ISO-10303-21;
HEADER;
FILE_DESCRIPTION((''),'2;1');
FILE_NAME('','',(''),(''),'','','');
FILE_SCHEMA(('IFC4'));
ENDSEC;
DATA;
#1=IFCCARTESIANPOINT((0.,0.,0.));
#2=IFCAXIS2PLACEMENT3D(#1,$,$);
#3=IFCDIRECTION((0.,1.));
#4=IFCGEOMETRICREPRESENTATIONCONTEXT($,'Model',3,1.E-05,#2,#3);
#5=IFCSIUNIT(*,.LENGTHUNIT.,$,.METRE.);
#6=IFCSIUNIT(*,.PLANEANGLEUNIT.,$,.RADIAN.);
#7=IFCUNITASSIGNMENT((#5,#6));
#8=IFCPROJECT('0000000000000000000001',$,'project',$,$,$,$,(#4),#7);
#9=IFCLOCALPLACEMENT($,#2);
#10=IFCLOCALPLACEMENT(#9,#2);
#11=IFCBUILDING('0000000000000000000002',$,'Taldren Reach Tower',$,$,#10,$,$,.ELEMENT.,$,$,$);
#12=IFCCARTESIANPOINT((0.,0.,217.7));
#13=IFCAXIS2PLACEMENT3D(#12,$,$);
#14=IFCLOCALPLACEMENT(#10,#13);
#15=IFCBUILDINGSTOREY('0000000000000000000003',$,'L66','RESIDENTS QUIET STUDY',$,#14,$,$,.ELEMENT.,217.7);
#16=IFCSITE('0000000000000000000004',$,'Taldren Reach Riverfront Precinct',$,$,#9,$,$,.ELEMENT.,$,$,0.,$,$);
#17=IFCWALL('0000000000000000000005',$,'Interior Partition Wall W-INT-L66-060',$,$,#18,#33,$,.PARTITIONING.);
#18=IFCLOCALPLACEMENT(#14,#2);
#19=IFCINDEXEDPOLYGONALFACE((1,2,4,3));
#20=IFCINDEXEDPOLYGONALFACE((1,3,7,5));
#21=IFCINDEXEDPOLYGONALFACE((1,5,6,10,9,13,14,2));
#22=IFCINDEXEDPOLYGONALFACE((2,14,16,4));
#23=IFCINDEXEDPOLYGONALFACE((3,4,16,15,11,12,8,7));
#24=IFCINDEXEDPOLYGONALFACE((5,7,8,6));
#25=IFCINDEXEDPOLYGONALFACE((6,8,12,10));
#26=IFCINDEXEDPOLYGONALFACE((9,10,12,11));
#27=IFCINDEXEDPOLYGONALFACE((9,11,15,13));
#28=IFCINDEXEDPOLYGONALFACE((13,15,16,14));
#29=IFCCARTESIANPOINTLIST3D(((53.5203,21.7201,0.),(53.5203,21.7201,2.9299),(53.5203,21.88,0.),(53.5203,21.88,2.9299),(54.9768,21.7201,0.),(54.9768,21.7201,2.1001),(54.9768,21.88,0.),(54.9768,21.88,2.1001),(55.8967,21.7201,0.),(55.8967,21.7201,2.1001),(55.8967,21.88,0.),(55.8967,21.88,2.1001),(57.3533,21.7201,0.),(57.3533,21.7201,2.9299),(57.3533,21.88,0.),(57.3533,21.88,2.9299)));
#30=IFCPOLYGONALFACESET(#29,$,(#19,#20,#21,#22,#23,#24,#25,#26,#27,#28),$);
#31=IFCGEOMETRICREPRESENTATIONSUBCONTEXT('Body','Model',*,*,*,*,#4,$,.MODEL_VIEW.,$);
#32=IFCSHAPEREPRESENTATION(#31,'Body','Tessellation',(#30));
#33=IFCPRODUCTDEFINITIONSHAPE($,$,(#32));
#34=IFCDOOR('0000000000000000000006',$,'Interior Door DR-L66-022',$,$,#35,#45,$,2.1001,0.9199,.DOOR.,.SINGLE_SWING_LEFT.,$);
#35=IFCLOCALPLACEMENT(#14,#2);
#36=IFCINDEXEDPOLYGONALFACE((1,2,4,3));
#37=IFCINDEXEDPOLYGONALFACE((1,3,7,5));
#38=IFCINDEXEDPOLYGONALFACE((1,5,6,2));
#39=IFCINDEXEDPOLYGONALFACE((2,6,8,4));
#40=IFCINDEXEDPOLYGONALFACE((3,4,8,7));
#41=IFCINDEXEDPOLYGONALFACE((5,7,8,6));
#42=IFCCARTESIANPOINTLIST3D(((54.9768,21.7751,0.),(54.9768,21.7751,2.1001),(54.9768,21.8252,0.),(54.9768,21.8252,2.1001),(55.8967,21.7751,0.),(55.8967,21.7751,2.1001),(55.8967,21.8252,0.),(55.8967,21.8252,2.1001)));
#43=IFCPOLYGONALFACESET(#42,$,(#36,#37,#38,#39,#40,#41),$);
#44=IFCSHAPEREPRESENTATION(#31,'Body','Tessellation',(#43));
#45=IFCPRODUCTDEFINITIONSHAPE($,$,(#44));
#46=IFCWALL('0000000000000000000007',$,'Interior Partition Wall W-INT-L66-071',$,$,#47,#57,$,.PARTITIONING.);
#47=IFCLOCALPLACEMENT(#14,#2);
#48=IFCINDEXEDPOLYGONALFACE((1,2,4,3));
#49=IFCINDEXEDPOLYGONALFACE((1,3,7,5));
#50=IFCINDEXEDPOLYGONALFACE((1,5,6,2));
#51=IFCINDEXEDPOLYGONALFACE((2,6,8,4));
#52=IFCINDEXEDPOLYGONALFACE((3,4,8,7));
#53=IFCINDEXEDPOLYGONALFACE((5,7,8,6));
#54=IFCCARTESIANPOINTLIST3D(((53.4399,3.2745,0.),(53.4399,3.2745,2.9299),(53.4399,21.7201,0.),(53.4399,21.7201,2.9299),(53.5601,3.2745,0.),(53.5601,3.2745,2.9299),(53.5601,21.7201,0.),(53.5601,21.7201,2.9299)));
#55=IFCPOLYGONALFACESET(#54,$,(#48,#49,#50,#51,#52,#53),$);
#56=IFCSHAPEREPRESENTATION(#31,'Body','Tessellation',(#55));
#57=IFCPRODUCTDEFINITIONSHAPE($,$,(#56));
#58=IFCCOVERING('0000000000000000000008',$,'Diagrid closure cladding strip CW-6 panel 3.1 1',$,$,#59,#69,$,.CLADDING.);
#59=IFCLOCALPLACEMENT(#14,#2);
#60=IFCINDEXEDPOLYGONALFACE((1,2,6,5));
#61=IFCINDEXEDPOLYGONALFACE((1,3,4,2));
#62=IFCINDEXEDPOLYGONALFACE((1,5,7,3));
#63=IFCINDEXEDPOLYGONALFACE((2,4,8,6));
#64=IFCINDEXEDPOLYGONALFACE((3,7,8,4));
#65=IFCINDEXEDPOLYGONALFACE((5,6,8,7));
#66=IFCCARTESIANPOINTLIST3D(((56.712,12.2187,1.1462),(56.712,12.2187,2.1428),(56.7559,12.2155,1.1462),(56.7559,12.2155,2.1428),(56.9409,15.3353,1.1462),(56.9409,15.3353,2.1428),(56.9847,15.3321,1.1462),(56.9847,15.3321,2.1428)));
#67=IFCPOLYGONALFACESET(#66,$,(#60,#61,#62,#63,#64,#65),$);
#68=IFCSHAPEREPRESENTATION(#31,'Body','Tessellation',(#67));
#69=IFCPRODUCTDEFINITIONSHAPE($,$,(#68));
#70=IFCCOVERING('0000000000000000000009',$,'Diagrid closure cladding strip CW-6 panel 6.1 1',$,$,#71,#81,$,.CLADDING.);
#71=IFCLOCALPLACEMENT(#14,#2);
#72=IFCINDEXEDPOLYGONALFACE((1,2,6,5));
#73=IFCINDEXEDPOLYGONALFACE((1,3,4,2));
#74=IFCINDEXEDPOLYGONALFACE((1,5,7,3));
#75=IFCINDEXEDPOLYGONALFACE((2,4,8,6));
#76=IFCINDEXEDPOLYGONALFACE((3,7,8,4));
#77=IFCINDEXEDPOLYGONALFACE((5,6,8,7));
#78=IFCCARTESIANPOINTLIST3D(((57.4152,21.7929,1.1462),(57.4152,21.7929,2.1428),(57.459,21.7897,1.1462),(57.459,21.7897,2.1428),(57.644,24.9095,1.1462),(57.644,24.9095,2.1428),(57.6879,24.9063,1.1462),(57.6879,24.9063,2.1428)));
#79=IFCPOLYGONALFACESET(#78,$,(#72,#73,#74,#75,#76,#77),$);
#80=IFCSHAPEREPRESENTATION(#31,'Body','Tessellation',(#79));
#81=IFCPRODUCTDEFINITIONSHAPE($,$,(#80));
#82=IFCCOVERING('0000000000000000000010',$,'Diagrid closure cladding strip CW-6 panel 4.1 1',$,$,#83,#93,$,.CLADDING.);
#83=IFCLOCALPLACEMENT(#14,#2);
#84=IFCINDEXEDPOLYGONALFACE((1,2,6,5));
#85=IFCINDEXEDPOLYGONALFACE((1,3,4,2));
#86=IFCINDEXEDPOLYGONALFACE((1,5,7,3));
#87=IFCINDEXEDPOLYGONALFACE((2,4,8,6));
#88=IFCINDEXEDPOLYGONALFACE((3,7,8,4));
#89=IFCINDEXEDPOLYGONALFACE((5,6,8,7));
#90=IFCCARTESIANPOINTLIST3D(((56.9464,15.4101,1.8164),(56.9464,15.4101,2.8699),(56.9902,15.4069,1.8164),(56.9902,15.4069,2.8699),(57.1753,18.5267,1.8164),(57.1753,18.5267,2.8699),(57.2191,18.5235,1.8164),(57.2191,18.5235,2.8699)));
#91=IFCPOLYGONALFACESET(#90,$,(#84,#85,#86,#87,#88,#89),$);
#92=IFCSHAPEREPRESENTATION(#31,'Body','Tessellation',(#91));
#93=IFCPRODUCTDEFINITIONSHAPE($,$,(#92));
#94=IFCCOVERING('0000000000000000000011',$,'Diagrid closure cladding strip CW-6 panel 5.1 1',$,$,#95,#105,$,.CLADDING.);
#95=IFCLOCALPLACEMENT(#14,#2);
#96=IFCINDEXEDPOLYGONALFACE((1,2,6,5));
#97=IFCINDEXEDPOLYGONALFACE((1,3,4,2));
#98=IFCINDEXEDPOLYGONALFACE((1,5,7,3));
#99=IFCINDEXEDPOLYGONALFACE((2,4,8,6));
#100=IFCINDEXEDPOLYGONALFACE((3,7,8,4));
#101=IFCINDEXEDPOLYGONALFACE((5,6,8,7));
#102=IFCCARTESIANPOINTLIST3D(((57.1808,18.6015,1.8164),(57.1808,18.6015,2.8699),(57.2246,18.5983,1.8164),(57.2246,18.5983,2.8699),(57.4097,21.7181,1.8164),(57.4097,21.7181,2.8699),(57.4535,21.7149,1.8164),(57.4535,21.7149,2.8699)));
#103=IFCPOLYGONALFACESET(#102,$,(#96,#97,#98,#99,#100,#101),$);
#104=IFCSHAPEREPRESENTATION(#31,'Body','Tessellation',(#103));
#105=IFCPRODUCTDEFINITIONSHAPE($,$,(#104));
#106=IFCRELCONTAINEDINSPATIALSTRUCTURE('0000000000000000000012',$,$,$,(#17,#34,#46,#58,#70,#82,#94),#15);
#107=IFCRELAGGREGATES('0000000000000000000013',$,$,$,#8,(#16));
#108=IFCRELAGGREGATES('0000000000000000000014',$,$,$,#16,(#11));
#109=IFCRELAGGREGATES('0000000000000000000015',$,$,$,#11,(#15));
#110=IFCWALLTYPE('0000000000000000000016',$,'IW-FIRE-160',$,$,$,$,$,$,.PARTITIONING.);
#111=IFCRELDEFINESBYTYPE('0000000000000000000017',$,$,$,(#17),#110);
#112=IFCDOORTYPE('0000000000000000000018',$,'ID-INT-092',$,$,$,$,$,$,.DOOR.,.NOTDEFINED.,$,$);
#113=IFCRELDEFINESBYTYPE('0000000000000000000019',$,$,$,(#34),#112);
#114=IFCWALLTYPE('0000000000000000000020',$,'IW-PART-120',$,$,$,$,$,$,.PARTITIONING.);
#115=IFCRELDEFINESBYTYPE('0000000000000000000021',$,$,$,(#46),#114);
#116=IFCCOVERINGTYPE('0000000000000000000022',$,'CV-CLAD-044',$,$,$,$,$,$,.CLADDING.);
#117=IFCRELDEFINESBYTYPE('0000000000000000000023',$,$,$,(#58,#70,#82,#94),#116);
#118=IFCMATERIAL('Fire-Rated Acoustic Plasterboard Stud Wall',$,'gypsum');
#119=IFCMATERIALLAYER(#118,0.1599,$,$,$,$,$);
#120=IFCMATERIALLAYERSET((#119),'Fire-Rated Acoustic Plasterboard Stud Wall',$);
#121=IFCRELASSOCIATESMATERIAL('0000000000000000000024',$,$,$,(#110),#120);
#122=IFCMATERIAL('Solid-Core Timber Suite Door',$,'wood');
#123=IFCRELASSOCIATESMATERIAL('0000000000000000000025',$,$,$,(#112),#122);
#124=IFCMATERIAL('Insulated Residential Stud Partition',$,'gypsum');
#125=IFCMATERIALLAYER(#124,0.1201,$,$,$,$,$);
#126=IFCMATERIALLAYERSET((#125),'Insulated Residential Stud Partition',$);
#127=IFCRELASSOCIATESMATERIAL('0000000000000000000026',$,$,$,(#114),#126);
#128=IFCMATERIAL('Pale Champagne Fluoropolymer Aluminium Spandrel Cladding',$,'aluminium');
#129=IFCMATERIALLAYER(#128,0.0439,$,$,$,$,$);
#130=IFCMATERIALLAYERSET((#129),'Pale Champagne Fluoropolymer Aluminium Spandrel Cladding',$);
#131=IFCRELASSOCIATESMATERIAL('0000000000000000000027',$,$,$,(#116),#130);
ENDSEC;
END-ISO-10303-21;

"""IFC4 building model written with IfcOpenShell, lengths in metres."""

from ifc_helpers import new_model, si_unit, direction, frame, frame_2d, origin, origin_2d, place, context, subcontext, project, spatial, rectangle, extrude, source, transform, mapped, material, layer, layer_set, type_object, element, fill, save


model = new_model("IFC4")

# Units and contexts
model_context = context("Model", 3, precision=1e-05, world=origin(), true_north=direction((0.0, 1.0)))
body_context = subcontext(model_context, "Body", "Model", "MODEL_VIEW")
ifc_project = project(units=[si_unit("LENGTHUNIT", "METRE"), si_unit("PLANEANGLEUNIT", "RADIAN")], contexts=[model_context])

# Site, building, storey
site_placement = place(None, origin())
site = spatial("IfcSite", under=ifc_project, at=site_placement, Name="Taldren Reach Riverfront Precinct", CompositionType="ELEMENT", RefElevation=0.0)
building_placement = place(site_placement, origin())
building = spatial("IfcBuilding", under=site, at=building_placement, Name="Taldren Reach Tower", CompositionType="ELEMENT")
storey_placement = place(building_placement, frame((0.0, 0.0, 217.7)))
storey = spatial("IfcBuildingStorey", under=building, at=storey_placement, Name="L66", Description="RESIDENTS QUIET STUDY", CompositionType="ELEMENT", Elevation=217.7)

# Shared definitions
ifc_material_1 = material(Name="Fire-Rated Acoustic Plasterboard Stud Wall", Category="gypsum")
ifc_layer_1 = layer(ifc_material_1, 0.1599)
ifc_layer_set_1 = layer_set([ifc_layer_1], Name="Fire-Rated Acoustic Plasterboard Stud Wall")
wall_type_1 = type_object("IfcWallType", Name="IW-FIRE-160", PredefinedType="PARTITIONING", material=ifc_layer_set_1)

# Wall, opening, door
shared_shape_1 = source(origin(), body_context, "Body", "SweptSolid", [
    extrude(rectangle(XDim=3.833, YDim=0.1599, at=frame_2d((1.9165, 0.0))), origin(), (0.0, 0.0, 1.0), 2.9299),
])
wall_1_placement = place(storey_placement, frame((57.3533, 21.8, 0.0), z_axis=(0.0, 0.0, 1.0), x_axis=(-1.0, 0.0, 0.0)))
wall_1 = element("IfcWall", 1, at=wall_1_placement, inside=storey, type_object=wall_type_1, Name="Interior Partition Wall W-INT-L66-060", PredefinedType="PARTITIONING", context=body_context, shape_type="MappedRepresentation", body=[
    mapped(shared_shape_1, transform((0.0, 0.0, 0.0), scale=1.0)),
])
shared_shape_2 = source(origin(), body_context, "Body", "SweptSolid", [
    extrude(rectangle(XDim=0.9199, YDim=2.1001, at=frame_2d((0.46, 1.05))), frame((0.0, 0.0898, 0.0), z_axis=(0.0, -1.0, 0.0), x_axis=(1.0, 0.0, 0.0)), (0.0, 0.0, 1.0), 0.1799),
])
opening_placement = place(wall_1_placement, frame((1.4565, 0.0, 0.0)))
opening = element("IfcOpeningElement", 2, at=opening_placement, cuts=wall_1, PredefinedType="OPENING", context=body_context, shape_type="MappedRepresentation", body=[
    mapped(shared_shape_2, transform((0.0, 0.0, 0.0), scale=1.0)),
])
ifc_material_2 = material(Name="Solid-Core Timber Suite Door", Category="wood")
door_type = type_object("IfcDoorType", Name="ID-INT-092", OperationType="NOTDEFINED", PredefinedType="DOOR", material=ifc_material_2)
shared_shape_3 = source(origin(), body_context, "Body", "SweptSolid", [
    extrude(rectangle(XDim=0.9199, YDim=2.1001, at=frame_2d((0.46, 1.05))), frame((0.0, 0.0249, 0.0), z_axis=(0.0, -1.0, 0.0), x_axis=(1.0, 0.0, 0.0)), (0.0, 0.0, 1.0), 0.05),
])
door_placement = place(opening_placement, origin())
door = element("IfcDoor", 3, at=door_placement, inside=storey, type_object=door_type, Name="Interior Door DR-L66-022", OperationType="SINGLE_SWING_LEFT", OverallHeight=2.1001, OverallWidth=0.9199, PredefinedType="DOOR", context=body_context, shape_type="MappedRepresentation", body=[
    mapped(shared_shape_3, transform((0.0, 0.0, 0.0), scale=1.0)),
])
fill(opening, door)

# Wall
ifc_material_3 = material(Name="Insulated Residential Stud Partition", Category="gypsum")
ifc_layer_2 = layer(ifc_material_3, 0.1201)
ifc_layer_set_2 = layer_set([ifc_layer_2], Name="Insulated Residential Stud Partition")
wall_type_2 = type_object("IfcWallType", Name="IW-PART-120", PredefinedType="PARTITIONING", material=ifc_layer_set_2)
shared_shape_4 = source(origin(), body_context, "Body", "SweptSolid", [
    extrude(rectangle(XDim=18.4456, YDim=0.1201, at=frame_2d((9.2227, 0.0))), origin(), (0.0, 0.0, 1.0), 2.9299),
])
wall_2_placement = place(storey_placement, frame((53.5, 21.72, 0.0), z_axis=(0.0, 0.0, 1.0), x_axis=(0.0, -1.0, 0.0)))
element("IfcWall", 4, at=wall_2_placement, inside=storey, type_object=wall_type_2, Name="Interior Partition Wall W-INT-L66-071", PredefinedType="PARTITIONING", context=body_context, shape_type="MappedRepresentation", body=[
    mapped(shared_shape_4, transform((0.0, 0.0, 0.0), scale=1.0)),
])

# Coverings
ifc_material_4 = material(Name="Pale Champagne Fluoropolymer Aluminium Spandrel Cladding", Category="aluminium")
ifc_layer_3 = layer(ifc_material_4, 0.0439)
ifc_layer_set_3 = layer_set([ifc_layer_3], Name="Pale Champagne Fluoropolymer Aluminium Spandrel Cladding")
covering_type = type_object("IfcCoveringType", Name="CV-CLAD-044", PredefinedType="CLADDING", material=ifc_layer_set_3)
shared_shape_5 = source(origin(), body_context, "Body", "SweptSolid", [
    extrude(rectangle(XDim=3.125, YDim=0.0439, at=origin_2d()), origin(), (0.0, 0.0, 1.0), 0.9966),
])
for number, where, z_axis, x_axis, name in (
    (5, (56.8484, 13.7754, 1.1462), (0.0, 0.0, 1.0), (0.073238, 0.997314, 0.0), "Diagrid closure cladding strip CW-6 panel 3.1 1"),
    (6, (57.5515, 23.3496, 1.1462), (0.0, 0.0, 1.0), (0.073238, 0.997314, 0.0), "Diagrid closure cladding strip CW-6 panel 6.1 1"),
):
    element("IfcCovering", number, at=place(storey_placement, frame(where, z_axis=z_axis, x_axis=x_axis)), inside=storey, type_object=covering_type, Name=name, PredefinedType="CLADDING", context=body_context, shape_type="MappedRepresentation", body=[
        mapped(shared_shape_5, transform((0.0, 0.0, 0.0), scale=1.0)),
    ])
shared_shape_6 = source(origin(), body_context, "Body", "SweptSolid", [
    extrude(rectangle(XDim=3.125, YDim=0.0439, at=origin_2d()), origin(), (0.0, 0.0, 1.0), 1.0535),
])
for number, where, z_axis, x_axis, name in (
    (7, (57.0828, 16.9668, 1.8164), (0.0, 0.0, 1.0), (0.073238, 0.997314, 0.0), "Diagrid closure cladding strip CW-6 panel 4.1 1"),
    (8, (57.3171, 20.1582, 1.8164), (0.0, 0.0, 1.0), (0.073238, 0.997314, 0.0), "Diagrid closure cladding strip CW-6 panel 5.1 1"),
):
    element("IfcCovering", number, at=place(storey_placement, frame(where, z_axis=z_axis, x_axis=x_axis)), inside=storey, type_object=covering_type, Name=name, PredefinedType="CLADDING", context=body_context, shape_type="MappedRepresentation", body=[
        mapped(shared_shape_6, transform((0.0, 0.0, 0.0), scale=1.0)),
    ])

save(model, "model.ifc")
